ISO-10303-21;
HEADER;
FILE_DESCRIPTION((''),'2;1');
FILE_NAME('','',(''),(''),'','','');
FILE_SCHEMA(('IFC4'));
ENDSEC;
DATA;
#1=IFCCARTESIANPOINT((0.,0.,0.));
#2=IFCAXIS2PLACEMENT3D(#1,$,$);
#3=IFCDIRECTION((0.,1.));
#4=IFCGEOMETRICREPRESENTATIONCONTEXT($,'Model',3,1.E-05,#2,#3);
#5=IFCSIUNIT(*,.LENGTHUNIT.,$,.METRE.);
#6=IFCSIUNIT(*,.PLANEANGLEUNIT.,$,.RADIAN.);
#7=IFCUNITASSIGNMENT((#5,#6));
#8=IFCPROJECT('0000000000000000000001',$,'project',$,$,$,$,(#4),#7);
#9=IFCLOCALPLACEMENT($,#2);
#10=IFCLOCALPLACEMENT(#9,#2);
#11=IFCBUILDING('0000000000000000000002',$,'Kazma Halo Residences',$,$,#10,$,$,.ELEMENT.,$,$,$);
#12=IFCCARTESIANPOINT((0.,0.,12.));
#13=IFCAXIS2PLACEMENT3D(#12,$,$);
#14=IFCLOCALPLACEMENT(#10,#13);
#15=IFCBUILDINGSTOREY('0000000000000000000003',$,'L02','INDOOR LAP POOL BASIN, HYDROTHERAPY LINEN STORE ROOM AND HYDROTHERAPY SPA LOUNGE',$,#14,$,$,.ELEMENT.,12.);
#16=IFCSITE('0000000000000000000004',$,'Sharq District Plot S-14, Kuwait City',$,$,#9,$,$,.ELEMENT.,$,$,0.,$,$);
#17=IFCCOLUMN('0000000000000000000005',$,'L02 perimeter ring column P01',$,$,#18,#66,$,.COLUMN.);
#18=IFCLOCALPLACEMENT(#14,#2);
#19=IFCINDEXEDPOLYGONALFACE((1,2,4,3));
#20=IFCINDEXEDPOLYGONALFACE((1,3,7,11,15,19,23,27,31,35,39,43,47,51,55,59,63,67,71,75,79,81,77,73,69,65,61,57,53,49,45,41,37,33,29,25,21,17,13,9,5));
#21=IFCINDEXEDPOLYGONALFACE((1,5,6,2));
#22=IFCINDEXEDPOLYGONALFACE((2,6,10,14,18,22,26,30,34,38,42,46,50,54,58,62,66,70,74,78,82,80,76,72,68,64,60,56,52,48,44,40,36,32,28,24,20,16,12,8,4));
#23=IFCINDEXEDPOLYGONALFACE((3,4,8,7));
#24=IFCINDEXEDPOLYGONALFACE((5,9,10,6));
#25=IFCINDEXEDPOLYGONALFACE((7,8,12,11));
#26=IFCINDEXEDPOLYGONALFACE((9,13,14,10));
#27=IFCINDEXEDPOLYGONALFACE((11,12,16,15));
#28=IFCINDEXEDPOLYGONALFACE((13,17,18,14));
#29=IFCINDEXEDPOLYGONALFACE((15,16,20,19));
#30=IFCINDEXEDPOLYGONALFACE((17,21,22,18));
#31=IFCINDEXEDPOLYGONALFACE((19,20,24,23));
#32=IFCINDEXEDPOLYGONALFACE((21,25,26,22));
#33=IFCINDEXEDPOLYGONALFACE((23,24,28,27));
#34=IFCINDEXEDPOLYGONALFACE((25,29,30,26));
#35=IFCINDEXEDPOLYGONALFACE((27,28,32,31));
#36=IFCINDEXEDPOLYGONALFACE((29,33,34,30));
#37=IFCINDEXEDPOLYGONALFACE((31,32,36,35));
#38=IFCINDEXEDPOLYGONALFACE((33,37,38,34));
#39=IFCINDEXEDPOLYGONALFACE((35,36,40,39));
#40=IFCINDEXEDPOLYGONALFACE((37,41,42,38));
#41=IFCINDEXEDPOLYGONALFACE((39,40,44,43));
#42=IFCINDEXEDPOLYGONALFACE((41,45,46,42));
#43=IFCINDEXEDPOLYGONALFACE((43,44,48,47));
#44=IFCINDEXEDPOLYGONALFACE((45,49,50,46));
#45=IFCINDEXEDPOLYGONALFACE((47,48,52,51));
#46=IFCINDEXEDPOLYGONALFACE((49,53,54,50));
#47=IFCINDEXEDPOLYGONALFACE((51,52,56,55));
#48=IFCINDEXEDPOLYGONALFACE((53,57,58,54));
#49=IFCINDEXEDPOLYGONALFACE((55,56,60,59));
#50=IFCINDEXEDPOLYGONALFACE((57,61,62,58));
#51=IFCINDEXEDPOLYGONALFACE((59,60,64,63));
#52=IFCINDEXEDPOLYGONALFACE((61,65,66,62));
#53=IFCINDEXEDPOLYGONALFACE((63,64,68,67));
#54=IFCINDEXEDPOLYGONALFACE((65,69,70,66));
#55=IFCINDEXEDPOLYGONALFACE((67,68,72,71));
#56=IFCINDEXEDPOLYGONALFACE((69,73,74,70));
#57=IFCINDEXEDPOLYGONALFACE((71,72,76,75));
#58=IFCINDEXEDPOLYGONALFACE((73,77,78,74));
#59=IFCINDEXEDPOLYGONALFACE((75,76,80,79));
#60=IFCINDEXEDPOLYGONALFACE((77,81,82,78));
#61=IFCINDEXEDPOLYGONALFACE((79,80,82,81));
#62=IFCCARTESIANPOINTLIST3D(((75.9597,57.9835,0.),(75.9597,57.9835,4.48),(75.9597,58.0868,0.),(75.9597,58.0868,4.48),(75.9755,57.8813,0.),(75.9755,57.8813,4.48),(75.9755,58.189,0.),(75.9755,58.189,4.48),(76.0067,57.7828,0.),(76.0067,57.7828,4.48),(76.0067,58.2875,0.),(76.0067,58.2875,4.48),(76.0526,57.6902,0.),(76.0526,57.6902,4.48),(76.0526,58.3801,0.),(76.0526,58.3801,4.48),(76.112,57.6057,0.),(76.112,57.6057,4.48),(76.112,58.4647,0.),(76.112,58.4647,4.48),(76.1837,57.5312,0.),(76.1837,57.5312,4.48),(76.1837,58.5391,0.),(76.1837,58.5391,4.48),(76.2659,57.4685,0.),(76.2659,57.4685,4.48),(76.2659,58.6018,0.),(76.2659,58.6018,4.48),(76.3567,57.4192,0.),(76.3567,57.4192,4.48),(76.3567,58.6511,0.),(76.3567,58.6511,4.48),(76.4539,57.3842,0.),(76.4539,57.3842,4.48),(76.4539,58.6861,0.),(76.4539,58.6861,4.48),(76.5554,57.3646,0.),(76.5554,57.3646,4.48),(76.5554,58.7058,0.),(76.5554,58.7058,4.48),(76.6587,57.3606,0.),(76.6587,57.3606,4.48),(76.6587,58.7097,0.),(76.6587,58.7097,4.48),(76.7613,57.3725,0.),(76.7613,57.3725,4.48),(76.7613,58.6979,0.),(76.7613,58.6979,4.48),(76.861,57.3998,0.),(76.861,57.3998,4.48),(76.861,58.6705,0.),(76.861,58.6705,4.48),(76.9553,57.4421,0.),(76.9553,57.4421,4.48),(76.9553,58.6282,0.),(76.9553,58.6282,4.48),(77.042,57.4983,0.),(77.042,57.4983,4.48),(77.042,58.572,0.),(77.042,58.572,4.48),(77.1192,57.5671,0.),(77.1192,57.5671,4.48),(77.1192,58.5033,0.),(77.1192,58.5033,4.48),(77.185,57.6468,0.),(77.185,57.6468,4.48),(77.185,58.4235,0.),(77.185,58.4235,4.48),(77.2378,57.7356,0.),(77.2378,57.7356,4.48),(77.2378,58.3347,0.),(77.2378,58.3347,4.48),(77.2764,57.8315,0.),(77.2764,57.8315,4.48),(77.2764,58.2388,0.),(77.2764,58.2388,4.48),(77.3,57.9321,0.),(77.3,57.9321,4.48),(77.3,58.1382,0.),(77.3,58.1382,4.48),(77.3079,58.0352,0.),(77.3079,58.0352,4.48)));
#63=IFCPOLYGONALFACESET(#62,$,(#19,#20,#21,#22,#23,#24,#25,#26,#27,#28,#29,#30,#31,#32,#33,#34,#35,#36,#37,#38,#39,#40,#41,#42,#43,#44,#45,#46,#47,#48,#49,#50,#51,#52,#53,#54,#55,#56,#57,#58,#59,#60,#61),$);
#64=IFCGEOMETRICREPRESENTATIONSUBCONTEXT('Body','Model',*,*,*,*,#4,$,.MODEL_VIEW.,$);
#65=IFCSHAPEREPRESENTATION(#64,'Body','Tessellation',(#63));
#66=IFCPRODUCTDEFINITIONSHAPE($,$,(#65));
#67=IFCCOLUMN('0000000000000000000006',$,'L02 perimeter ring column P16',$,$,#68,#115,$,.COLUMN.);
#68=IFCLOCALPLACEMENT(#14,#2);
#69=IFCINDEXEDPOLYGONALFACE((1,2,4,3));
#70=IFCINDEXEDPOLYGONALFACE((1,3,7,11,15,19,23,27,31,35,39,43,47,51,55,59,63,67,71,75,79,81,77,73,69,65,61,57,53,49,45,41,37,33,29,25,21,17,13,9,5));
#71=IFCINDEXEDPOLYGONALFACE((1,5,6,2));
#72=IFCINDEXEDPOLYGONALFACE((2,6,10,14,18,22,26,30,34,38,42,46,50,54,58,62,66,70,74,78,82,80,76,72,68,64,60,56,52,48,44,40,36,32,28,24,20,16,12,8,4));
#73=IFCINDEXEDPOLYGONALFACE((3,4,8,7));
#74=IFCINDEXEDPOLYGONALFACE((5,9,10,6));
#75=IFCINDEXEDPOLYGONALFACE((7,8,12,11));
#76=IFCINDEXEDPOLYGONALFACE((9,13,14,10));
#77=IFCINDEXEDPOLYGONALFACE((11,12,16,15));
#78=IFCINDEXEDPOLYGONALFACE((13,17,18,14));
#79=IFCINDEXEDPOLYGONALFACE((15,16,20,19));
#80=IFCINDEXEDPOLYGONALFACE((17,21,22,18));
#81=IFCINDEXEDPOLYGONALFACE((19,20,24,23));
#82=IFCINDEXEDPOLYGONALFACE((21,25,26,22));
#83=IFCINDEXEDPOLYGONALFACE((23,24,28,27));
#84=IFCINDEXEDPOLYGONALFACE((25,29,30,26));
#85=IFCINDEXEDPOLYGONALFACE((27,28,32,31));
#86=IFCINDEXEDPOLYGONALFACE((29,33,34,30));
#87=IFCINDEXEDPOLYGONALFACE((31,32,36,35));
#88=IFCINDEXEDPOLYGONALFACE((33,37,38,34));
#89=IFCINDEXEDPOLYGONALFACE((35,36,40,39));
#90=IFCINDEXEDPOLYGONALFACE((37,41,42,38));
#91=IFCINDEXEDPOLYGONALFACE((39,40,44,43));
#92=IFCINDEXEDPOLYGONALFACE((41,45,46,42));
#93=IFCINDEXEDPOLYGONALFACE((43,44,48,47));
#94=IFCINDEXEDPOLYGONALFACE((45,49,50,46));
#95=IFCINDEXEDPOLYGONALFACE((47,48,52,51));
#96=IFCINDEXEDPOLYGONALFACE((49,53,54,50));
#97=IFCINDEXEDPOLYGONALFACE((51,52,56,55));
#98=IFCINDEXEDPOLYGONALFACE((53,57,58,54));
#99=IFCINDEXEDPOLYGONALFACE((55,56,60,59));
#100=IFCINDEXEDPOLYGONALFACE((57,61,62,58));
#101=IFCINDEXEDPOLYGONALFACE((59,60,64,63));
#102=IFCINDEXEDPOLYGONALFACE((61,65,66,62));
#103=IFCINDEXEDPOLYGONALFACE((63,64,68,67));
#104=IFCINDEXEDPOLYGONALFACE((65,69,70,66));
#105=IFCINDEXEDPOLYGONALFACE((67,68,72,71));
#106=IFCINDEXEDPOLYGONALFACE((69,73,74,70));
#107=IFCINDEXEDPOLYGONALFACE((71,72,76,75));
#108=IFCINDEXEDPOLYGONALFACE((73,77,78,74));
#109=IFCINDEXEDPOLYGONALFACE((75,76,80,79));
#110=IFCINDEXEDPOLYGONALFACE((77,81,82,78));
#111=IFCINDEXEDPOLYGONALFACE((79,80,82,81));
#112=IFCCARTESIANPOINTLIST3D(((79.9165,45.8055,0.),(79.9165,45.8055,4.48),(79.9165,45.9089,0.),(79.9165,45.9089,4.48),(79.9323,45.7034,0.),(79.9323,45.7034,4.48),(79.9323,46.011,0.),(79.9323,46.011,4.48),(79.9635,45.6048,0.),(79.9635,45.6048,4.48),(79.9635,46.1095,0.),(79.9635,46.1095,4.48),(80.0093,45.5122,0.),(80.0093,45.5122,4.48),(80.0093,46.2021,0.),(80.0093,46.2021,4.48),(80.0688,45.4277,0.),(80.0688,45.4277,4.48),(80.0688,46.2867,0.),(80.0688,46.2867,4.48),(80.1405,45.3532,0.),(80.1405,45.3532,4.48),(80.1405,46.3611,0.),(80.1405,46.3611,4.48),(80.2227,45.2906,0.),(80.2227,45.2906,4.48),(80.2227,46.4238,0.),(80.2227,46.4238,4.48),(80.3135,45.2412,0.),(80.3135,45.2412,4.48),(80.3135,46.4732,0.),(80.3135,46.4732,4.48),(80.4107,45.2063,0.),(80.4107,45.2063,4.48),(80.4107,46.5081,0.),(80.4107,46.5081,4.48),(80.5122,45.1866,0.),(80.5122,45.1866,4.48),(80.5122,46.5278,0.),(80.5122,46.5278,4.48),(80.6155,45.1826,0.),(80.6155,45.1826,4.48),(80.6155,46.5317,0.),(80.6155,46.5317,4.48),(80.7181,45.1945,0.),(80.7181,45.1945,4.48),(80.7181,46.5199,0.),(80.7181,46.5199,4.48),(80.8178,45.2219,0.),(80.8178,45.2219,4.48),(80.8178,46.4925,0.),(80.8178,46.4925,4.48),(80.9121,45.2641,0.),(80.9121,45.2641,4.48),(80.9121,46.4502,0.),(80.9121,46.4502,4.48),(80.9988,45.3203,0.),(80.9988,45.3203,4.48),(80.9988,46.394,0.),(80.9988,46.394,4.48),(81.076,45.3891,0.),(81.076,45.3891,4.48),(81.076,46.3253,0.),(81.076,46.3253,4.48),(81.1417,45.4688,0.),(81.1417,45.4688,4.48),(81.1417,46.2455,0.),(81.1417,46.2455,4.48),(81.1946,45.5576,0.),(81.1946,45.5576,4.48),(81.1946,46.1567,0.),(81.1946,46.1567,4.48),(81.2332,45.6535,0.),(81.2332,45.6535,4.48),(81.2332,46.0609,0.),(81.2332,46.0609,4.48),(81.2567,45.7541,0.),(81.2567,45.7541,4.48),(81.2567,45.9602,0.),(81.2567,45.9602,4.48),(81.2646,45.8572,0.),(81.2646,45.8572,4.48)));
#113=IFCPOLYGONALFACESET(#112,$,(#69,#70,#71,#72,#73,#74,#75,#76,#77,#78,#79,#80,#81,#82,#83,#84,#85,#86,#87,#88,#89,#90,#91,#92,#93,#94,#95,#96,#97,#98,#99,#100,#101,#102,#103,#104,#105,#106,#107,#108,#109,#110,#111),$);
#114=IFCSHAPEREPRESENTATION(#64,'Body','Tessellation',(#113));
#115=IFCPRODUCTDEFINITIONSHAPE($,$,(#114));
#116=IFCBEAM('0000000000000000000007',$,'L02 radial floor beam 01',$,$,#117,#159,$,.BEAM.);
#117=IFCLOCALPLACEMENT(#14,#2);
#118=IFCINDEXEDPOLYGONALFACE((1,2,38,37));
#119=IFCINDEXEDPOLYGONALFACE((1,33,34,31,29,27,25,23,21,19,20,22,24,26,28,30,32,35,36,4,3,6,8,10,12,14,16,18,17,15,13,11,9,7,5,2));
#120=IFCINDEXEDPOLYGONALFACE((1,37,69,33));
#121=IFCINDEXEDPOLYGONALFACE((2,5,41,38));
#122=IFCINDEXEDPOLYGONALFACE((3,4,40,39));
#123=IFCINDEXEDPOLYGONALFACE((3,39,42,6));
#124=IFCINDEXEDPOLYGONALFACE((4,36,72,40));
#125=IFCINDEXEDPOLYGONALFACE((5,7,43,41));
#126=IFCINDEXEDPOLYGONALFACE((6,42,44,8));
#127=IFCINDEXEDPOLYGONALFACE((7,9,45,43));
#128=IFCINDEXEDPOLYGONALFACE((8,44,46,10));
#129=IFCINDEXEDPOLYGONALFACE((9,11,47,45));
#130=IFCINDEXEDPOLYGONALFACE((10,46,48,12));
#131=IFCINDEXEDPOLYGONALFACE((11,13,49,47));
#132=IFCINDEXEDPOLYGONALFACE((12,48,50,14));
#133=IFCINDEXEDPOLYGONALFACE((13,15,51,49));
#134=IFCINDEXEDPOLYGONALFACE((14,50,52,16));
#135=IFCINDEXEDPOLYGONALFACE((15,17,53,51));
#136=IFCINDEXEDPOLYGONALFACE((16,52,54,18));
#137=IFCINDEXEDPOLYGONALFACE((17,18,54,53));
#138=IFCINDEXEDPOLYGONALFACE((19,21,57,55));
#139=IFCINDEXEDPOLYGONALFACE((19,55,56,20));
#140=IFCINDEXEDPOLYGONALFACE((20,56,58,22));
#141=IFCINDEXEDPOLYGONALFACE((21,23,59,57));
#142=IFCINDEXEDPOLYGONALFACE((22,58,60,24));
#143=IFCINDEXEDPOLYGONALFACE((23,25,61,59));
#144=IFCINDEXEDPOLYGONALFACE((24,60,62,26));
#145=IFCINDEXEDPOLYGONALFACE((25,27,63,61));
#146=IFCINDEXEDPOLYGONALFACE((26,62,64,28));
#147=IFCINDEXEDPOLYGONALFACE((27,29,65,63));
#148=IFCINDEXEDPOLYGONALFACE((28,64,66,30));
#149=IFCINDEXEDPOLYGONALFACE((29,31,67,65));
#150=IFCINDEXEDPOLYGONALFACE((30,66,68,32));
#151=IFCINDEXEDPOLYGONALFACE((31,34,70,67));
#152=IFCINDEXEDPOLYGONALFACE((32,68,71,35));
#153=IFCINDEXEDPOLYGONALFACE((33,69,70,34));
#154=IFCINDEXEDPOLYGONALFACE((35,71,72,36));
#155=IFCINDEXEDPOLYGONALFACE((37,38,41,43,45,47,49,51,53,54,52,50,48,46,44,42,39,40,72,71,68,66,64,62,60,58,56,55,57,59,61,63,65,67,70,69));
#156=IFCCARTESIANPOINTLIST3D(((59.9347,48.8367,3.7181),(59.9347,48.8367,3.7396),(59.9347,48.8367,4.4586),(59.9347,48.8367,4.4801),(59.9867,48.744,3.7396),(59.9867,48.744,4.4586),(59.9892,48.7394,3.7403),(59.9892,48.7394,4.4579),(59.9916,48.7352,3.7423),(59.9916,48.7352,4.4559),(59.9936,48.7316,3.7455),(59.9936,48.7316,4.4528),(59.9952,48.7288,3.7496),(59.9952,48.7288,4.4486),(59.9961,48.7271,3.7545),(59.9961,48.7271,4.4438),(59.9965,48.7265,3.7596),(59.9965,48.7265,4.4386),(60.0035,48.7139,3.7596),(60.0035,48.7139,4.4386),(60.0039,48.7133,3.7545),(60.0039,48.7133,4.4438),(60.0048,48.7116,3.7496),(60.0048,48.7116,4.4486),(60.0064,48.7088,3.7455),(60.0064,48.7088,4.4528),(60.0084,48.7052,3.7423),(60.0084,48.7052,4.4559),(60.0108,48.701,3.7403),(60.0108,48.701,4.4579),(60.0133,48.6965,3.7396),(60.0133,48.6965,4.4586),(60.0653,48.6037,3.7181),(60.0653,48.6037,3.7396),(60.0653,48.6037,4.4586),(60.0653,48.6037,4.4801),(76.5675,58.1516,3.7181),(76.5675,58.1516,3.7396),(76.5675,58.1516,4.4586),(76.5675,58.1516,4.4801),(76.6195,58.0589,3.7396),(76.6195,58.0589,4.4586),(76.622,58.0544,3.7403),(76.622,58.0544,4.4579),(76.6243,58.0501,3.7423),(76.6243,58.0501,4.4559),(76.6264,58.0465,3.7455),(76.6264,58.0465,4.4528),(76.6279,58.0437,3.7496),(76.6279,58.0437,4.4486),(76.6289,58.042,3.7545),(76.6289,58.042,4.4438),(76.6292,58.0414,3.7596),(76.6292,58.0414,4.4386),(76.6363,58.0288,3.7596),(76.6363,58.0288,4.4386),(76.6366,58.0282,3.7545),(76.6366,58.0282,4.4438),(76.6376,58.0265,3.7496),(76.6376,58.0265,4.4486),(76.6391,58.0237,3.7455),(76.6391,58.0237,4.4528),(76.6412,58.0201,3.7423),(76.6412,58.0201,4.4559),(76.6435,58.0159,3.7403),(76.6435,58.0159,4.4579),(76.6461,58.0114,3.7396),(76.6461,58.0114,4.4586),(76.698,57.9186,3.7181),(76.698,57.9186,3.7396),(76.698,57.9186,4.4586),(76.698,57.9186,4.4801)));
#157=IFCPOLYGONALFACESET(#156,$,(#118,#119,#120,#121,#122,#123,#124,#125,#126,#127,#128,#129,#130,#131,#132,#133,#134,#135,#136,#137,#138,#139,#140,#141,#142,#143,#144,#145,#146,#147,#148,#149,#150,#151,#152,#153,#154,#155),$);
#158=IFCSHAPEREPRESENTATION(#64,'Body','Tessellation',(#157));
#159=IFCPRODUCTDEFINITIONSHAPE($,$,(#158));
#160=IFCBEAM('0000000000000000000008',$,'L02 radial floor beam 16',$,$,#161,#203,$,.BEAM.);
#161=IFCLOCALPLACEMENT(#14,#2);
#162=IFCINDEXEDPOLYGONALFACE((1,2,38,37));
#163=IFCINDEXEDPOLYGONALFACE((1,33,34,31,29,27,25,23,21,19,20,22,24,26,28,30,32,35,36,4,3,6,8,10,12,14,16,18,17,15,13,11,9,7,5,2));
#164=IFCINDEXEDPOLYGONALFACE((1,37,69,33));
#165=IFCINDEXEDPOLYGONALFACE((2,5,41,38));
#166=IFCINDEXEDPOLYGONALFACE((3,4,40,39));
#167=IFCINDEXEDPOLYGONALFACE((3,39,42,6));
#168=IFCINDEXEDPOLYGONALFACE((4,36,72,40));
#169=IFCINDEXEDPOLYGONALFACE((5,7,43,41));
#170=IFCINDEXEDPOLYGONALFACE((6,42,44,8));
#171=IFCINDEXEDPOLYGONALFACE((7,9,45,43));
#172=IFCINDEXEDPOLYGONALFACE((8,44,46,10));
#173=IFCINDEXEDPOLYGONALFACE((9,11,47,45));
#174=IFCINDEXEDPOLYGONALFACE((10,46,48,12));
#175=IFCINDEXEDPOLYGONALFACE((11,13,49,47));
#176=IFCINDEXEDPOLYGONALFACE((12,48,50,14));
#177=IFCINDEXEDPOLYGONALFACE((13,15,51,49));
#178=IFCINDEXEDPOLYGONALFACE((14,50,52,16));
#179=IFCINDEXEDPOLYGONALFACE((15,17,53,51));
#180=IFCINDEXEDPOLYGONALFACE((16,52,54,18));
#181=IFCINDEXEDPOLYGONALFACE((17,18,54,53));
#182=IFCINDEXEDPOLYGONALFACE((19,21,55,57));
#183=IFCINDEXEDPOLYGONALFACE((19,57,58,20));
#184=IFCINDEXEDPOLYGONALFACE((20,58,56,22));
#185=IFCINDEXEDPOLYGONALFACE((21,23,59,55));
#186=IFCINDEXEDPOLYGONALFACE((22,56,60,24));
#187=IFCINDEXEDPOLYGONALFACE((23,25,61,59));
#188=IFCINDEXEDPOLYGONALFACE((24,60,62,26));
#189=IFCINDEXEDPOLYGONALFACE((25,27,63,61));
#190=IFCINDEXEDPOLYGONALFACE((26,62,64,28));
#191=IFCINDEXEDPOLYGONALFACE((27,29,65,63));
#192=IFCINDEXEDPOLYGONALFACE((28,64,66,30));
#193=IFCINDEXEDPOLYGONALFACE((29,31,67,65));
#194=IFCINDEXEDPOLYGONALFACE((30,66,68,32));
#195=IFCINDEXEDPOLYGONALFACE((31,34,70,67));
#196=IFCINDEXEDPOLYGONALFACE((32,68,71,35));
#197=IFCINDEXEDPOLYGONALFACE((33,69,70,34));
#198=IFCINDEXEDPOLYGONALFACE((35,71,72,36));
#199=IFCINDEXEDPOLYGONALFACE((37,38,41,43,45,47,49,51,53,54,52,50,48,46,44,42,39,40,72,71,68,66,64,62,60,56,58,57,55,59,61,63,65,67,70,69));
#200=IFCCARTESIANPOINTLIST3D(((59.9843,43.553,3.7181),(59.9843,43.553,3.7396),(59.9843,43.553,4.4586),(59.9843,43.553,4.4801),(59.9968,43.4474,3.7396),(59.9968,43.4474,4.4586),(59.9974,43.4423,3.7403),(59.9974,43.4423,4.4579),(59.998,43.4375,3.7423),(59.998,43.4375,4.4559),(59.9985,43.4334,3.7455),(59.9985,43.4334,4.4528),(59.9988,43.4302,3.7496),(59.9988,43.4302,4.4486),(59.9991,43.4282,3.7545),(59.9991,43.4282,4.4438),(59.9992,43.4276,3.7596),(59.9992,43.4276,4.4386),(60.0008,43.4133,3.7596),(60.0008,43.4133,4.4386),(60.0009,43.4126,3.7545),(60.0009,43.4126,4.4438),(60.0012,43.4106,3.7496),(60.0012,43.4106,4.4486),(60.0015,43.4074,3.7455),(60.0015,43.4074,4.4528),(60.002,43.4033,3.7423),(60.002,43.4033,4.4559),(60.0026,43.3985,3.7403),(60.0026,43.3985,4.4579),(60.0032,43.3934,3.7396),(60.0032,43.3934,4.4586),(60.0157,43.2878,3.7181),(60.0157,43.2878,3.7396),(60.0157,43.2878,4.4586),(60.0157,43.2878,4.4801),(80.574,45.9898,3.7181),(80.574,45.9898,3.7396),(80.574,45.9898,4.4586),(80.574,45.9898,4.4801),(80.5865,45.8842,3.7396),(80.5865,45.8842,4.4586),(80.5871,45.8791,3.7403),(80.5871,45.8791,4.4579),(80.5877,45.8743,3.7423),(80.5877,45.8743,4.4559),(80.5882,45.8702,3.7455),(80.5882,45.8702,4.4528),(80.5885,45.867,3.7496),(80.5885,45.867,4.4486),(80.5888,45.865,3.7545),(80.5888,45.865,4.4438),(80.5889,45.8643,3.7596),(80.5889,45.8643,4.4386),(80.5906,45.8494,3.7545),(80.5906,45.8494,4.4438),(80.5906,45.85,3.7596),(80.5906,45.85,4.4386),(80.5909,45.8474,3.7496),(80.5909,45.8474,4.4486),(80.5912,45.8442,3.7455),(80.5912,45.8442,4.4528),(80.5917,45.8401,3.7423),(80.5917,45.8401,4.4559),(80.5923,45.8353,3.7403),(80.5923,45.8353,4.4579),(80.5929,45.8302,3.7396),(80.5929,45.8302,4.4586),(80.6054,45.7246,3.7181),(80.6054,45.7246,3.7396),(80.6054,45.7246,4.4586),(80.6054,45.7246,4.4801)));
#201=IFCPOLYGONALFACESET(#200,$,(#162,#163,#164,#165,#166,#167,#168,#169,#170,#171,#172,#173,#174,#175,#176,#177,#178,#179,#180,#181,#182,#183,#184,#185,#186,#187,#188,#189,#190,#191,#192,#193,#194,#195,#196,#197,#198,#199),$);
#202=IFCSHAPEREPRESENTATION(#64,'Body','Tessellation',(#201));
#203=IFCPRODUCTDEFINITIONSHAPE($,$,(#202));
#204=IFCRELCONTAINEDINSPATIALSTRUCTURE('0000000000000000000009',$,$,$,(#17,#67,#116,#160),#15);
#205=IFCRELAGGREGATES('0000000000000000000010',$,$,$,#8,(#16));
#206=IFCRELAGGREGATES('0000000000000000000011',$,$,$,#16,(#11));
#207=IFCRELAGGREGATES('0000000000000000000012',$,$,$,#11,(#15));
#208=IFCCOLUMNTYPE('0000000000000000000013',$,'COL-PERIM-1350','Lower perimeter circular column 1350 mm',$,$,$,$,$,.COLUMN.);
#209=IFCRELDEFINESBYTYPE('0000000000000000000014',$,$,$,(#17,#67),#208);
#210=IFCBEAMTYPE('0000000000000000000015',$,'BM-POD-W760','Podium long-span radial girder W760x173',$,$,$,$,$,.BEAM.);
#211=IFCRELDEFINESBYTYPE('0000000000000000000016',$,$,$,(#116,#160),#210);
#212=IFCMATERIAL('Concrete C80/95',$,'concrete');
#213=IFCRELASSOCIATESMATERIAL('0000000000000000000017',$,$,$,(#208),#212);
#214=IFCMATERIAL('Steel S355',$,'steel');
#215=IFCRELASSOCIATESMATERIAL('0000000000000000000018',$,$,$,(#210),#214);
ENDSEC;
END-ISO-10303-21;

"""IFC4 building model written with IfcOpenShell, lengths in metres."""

from ifc_helpers import new_model, si_unit, direction, frame, origin, origin_2d, place, context, subcontext, project, spatial, circle, i_section, extrude, material, material_profile, profile_set, type_object, element, save


model = new_model("IFC4")

# Units and contexts
model_context = context("Model", 3, precision=1e-05, world=origin(), true_north=direction((0.0, 1.0)))
body_context = subcontext(model_context, "Body", "Model", "MODEL_VIEW")
ifc_project = project(units=[si_unit("LENGTHUNIT", "METRE"), si_unit("PLANEANGLEUNIT", "RADIAN")], contexts=[model_context])

# Site, building, storey
site_placement = place(None, origin())
site = spatial("IfcSite", under=ifc_project, at=site_placement, Name="Sharq District Plot S-14, Kuwait City", CompositionType="ELEMENT", RefElevation=0.0)
building_placement = place(site_placement, origin())
building = spatial("IfcBuilding", under=site, at=building_placement, Name="Kazma Halo Residences", CompositionType="ELEMENT")
storey_placement = place(building_placement, frame((0.0, 0.0, 12.0)))
storey = spatial("IfcBuildingStorey", under=building, at=storey_placement, Name="L02", Description="INDOOR LAP POOL BASIN, HYDROTHERAPY LINEN STORE ROOM AND HYDROTHERAPY SPA LOUNGE", CompositionType="ELEMENT", Elevation=12.0)

# Columns
ifc_material_1 = material(Name="Concrete C80/95", Category="concrete")
ifc_material_profile_1 = material_profile(ifc_material_1, circle(Radius=0.675, at=origin_2d()), Name="CIRC1350")
ifc_profile_set_1 = profile_set([ifc_material_profile_1], Name="Concrete C80/95")
column_type = type_object("IfcColumnType", Name="COL-PERIM-1350", Description="Lower perimeter circular column 1350 mm", PredefinedType="COLUMN", material=ifc_profile_set_1)
for number, where, z_axis, x_axis, name in (
    (1, (76.6328, 58.0352, 0.0), (0.0, 0.0, 1.0), (1.0, 0.0, 0.0), "L02 perimeter ring column P01"),
    (2, (80.5896, 45.8572, 0.0), (0.0, 0.0, 1.0), (1.0, 0.0, 0.0), "L02 perimeter ring column P16"),
):
    element("IfcColumn", number, at=place(storey_placement, frame(where, z_axis=z_axis, x_axis=x_axis)), inside=storey, type_object=column_type, Name=name, PredefinedType="COLUMN", context=body_context, shape_type="SweptSolid", body=[
        extrude(circle(Radius=0.675, at=origin_2d()), origin(), (0.0, 0.0, 1.0), 4.48),
    ])

# Beams
ifc_material_2 = material(Name="Steel S355", Category="steel")
ifc_material_profile_2 = material_profile(ifc_material_2, i_section(OverallWidth=0.2671, OverallDepth=0.762, WebThickness=0.0144, FlangeThickness=0.0215, FilletRadius=0.02, at=origin_2d()), Name="W760x173")
ifc_profile_set_2 = profile_set([ifc_material_profile_2], Name="Steel S355")
beam_type_1 = type_object("IfcBeamType", Name="BM-POD-W760", Description="Podium long-span radial girder W760x173", PredefinedType="BEAM", material=ifc_profile_set_2)
beam_1_placement = place(storey_placement, frame((60.0, 48.7202, 4.0991), z_axis=(0.872493, 0.488626, 0.0), x_axis=(-0.488626, 0.872493, 0.0)))
element("IfcBeam", 3, at=beam_1_placement, inside=storey, type_object=beam_type_1, Name="L02 radial floor beam 01", PredefinedType="BEAM", context=body_context, shape_type="SweptSolid", body=[
    extrude(i_section(OverallWidth=0.2671, OverallDepth=0.762, WebThickness=0.0144, FlangeThickness=0.0215, FilletRadius=0.02, at=origin_2d()), origin(), (0.0, 0.0, 1.0), 19.0635),
])
beam_2_placement = place(storey_placement, frame((60.0, 43.4204, 4.0991), z_axis=(0.993069, 0.117529, 0.0), x_axis=(-0.117529, 0.993069, 0.0)))
element("IfcBeam", 4, at=beam_2_placement, inside=storey, type_object=beam_type_1, Name="L02 radial floor beam 16", PredefinedType="BEAM", context=body_context, shape_type="SweptSolid", body=[
    extrude(i_section(OverallWidth=0.2671, OverallDepth=0.762, WebThickness=0.0144, FlangeThickness=0.0215, FilletRadius=0.02, at=origin_2d()), origin(), (0.0, 0.0, 1.0), 20.7334),
])

save(model, "model.ifc")
